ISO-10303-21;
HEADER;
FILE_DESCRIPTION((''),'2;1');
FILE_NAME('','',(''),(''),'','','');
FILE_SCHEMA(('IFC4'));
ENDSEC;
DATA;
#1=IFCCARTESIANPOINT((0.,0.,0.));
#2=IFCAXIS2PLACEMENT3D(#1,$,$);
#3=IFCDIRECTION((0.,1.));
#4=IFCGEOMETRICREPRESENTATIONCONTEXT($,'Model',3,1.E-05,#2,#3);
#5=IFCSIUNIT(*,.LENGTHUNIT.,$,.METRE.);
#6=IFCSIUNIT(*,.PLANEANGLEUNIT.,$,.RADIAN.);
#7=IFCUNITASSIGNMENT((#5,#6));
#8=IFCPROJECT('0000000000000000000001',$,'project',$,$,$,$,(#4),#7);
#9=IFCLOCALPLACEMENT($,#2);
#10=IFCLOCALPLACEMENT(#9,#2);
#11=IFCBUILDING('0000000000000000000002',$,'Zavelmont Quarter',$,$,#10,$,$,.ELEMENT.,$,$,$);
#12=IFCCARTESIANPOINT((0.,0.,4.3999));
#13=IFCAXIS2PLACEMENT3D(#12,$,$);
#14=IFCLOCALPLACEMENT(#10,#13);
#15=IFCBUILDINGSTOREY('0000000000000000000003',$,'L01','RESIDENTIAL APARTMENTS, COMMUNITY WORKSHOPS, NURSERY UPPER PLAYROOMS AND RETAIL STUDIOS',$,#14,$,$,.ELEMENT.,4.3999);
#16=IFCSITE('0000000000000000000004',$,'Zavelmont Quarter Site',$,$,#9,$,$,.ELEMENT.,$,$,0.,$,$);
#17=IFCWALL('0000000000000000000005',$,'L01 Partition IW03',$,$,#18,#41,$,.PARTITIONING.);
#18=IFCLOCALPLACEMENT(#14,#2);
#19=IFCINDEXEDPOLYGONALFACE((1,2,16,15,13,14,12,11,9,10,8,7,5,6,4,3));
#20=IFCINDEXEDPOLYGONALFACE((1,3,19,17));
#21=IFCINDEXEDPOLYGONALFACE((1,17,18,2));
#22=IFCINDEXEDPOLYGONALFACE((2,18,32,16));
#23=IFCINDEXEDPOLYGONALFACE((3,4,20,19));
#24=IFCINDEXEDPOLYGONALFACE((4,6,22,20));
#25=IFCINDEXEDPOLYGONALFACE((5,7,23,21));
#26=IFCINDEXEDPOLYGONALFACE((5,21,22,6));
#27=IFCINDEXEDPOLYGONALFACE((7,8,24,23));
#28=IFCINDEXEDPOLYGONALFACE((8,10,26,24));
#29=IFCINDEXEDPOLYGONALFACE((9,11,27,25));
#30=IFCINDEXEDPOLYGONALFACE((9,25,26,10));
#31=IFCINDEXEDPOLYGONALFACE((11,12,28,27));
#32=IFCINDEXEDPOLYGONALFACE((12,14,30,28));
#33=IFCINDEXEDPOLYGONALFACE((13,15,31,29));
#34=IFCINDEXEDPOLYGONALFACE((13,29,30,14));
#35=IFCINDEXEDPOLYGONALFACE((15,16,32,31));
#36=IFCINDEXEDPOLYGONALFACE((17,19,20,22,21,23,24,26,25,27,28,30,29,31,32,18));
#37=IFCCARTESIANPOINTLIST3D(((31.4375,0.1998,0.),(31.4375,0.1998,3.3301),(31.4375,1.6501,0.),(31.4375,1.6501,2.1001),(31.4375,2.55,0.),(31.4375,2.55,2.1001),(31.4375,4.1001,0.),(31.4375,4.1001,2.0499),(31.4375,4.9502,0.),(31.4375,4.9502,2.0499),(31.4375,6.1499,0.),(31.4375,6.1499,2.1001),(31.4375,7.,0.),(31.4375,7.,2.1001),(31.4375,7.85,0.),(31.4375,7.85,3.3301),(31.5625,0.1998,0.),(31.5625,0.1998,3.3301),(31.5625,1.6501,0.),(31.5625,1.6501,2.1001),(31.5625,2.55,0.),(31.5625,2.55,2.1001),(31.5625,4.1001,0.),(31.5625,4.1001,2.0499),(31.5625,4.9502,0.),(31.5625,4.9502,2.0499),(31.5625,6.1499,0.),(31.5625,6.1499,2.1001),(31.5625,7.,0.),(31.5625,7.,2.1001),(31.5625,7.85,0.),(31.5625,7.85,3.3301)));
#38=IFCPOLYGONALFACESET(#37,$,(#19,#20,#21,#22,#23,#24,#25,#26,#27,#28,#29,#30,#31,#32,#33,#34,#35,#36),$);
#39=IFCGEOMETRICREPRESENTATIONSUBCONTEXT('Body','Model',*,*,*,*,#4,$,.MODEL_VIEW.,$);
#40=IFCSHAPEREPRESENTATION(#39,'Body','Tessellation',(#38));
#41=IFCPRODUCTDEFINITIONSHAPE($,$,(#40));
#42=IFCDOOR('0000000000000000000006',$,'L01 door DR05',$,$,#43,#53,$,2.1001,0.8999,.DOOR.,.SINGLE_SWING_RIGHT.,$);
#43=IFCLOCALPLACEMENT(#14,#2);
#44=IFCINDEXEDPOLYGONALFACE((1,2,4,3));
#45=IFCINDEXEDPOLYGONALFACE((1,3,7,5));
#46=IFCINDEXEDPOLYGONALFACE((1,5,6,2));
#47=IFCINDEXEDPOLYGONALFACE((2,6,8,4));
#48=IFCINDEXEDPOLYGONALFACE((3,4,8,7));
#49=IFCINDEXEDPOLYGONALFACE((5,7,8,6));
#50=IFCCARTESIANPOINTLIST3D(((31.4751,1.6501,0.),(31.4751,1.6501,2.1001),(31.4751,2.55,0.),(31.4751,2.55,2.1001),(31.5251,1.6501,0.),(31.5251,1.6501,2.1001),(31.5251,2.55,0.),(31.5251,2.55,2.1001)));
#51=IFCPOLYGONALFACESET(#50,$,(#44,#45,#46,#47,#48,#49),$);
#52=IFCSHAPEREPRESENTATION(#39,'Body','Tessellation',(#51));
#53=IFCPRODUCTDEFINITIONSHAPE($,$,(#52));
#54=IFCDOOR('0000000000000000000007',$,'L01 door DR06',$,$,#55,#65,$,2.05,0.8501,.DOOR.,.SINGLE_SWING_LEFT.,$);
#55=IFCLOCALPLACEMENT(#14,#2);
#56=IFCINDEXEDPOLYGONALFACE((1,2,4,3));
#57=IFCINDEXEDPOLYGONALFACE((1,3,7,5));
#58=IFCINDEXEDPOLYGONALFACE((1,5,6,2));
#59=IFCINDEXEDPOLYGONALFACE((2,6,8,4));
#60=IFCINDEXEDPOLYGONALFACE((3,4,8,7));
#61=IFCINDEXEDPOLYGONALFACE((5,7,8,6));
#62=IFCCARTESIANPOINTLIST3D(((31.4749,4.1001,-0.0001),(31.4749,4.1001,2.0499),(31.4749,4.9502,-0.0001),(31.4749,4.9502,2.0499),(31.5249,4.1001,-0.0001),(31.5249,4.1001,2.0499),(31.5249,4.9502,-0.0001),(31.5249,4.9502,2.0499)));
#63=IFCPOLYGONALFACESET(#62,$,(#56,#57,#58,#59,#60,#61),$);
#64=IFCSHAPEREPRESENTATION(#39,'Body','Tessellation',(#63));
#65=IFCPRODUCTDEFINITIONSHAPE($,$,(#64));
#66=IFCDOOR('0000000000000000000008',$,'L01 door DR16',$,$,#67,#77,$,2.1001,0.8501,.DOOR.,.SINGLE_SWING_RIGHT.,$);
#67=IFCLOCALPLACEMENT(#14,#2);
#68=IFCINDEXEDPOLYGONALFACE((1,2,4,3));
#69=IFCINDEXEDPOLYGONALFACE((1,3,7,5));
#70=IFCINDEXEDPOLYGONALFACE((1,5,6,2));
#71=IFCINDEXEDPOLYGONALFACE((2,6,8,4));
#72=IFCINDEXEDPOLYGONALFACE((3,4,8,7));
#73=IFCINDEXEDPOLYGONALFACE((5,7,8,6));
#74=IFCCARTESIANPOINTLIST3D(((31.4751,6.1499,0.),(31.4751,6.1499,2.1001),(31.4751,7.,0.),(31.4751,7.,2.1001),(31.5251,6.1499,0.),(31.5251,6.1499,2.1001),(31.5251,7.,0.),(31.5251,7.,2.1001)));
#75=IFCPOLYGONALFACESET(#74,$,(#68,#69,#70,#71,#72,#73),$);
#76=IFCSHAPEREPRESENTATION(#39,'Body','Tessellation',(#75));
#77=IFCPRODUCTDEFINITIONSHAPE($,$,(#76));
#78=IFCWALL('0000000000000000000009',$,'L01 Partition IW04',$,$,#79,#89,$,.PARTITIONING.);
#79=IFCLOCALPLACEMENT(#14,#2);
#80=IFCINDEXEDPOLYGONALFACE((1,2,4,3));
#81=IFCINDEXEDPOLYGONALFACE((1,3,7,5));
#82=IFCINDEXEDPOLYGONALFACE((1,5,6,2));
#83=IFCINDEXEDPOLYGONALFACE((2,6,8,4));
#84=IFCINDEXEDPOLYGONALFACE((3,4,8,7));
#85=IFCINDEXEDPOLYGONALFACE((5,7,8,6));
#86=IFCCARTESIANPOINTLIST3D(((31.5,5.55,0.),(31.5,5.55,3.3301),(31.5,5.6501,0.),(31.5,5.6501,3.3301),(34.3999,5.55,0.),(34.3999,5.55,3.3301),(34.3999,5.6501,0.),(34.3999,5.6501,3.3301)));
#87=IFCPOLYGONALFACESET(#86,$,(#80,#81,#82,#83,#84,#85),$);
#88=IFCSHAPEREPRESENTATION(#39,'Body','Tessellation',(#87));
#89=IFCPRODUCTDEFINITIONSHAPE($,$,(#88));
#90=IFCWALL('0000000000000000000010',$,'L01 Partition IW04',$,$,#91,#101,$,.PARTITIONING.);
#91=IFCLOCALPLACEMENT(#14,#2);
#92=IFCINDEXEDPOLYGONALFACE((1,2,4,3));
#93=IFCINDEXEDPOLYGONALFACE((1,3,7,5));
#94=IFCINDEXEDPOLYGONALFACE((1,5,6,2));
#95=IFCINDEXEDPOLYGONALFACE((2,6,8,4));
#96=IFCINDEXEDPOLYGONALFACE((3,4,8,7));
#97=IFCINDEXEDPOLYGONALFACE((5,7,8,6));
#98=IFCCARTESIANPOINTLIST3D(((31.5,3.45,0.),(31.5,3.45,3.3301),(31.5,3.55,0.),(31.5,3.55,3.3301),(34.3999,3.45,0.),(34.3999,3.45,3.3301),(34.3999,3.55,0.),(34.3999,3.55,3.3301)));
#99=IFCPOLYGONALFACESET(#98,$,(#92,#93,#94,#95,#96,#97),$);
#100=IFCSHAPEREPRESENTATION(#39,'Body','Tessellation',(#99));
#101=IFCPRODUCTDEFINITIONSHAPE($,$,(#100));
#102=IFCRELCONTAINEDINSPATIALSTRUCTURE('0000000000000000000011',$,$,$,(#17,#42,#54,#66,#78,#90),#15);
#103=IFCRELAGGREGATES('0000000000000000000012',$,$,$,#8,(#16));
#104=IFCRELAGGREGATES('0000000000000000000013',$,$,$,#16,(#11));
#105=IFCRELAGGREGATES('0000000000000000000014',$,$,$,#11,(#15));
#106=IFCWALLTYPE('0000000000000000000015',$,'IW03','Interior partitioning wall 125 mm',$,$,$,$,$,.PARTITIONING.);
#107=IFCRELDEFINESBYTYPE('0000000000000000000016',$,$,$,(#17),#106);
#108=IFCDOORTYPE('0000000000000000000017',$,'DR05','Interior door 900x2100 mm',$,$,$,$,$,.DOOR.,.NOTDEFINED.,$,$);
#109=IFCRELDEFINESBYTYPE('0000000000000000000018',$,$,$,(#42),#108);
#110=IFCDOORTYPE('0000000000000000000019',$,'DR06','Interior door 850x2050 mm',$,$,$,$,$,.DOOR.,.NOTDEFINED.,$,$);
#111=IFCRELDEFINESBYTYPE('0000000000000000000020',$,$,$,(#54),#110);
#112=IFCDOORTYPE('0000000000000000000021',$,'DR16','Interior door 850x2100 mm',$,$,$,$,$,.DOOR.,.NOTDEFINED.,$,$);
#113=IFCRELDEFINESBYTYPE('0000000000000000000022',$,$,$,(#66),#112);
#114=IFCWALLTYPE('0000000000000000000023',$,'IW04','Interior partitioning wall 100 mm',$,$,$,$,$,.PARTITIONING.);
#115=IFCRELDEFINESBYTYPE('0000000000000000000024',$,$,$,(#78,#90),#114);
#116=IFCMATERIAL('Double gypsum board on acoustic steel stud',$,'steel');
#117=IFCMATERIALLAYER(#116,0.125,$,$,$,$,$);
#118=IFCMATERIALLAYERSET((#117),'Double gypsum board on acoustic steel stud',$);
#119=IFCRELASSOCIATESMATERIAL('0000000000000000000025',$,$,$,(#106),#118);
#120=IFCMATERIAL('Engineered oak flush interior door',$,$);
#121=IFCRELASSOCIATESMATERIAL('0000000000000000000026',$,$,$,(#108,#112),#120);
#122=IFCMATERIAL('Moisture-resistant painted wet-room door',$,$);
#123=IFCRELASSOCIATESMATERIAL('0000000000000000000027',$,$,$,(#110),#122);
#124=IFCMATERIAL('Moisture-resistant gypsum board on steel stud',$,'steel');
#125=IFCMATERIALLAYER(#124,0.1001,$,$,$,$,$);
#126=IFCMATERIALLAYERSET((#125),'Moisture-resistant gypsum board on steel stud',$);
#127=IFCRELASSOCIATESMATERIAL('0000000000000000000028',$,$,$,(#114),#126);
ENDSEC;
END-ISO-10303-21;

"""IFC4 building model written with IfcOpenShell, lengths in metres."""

from ifc_helpers import new_model, si_unit, direction, frame, frame_2d, origin, origin_with_axes, place, context, subcontext, project, spatial, rectangle, extrude, material, layer, layer_set, type_object, element, fill, save


model = new_model("IFC4")

# Units and contexts
model_context = context("Model", 3, precision=1e-05, world=origin(), true_north=direction((0.0, 1.0)))
body_context = subcontext(model_context, "Body", "Model", "MODEL_VIEW")
ifc_project = project(units=[si_unit("LENGTHUNIT", "METRE"), si_unit("PLANEANGLEUNIT", "RADIAN")], contexts=[model_context])

# Site, building, storey
site_placement = place(None, origin())
site = spatial("IfcSite", under=ifc_project, at=site_placement, Name="Zavelmont Quarter Site", CompositionType="ELEMENT", RefElevation=0.0)
building_placement = place(site_placement, origin())
building = spatial("IfcBuilding", under=site, at=building_placement, Name="Zavelmont Quarter", CompositionType="ELEMENT")
storey_placement = place(building_placement, frame((0.0, 0.0, 4.3999)))
storey = spatial("IfcBuildingStorey", under=building, at=storey_placement, Name="L01", Description="RESIDENTIAL APARTMENTS, COMMUNITY WORKSHOPS, NURSERY UPPER PLAYROOMS AND RETAIL STUDIOS", CompositionType="ELEMENT", Elevation=4.3999)

# Shared definitions
ifc_material_1 = material(Name="Double gypsum board on acoustic steel stud", Category="steel")
ifc_layer_1 = layer(ifc_material_1, 0.125)
ifc_layer_set_1 = layer_set([ifc_layer_1], Name="Double gypsum board on acoustic steel stud")
wall_type_1 = type_object("IfcWallType", Name="IW03", Description="Interior partitioning wall 125 mm", PredefinedType="PARTITIONING", material=ifc_layer_set_1)
ifc_material_2 = material(Name="Engineered oak flush interior door")
door_type_1 = type_object("IfcDoorType", Name="DR05", Description="Interior door 900x2100 mm", OperationType="NOTDEFINED", PredefinedType="DOOR", material=ifc_material_2)

# Wall, openings, doors
wall_1_placement = place(storey_placement, frame((31.5, 7.8501, 0.0), z_axis=(0.0, 0.0, 1.0), x_axis=(0.0, -1.0, 0.0)))
wall_1 = element("IfcWall", 1, at=wall_1_placement, inside=storey, type_object=wall_type_1, Name="L01 Partition IW03", PredefinedType="PARTITIONING", context=body_context, shape_type="SweptSolid", body=[
    extrude(rectangle(XDim=7.6501, YDim=0.125, at=frame_2d((3.8252, 0.0))), origin(), (0.0, 0.0, 1.0), 3.3301),
])
opening_1_placement = place(wall_1_placement, frame((0.8501, 0.0, 0.0)))
opening_1 = element("IfcOpeningElement", 2, at=opening_1_placement, cuts=wall_1, PredefinedType="OPENING", context=body_context, shape_type="SweptSolid", body=[
    extrude(rectangle(XDim=0.8501, YDim=2.1001, at=frame_2d((0.425, 1.05))), frame((0.0, 0.0745, 0.0), z_axis=(0.0, -1.0, 0.0), x_axis=(1.0, 0.0, 0.0)), (0.0, 0.0, 1.0), 0.1489),
])
opening_2_placement = place(wall_1_placement, frame((2.8999, 0.0, 0.0)))
opening_2 = element("IfcOpeningElement", 3, at=opening_2_placement, cuts=wall_1, PredefinedType="OPENING", context=body_context, shape_type="SweptSolid", body=[
    extrude(rectangle(XDim=0.8501, YDim=2.05, at=frame_2d((0.425, 1.0249))), frame((0.0, 0.0745, 0.0), z_axis=(0.0, -1.0, 0.0), x_axis=(1.0, 0.0, 0.0)), (0.0, 0.0, 1.0), 0.1489),
])
opening_3_placement = place(wall_1_placement, frame((5.3, 0.0, 0.0)))
opening_3 = element("IfcOpeningElement", 4, at=opening_3_placement, cuts=wall_1, PredefinedType="OPENING", context=body_context, shape_type="SweptSolid", body=[
    extrude(rectangle(XDim=0.8999, YDim=2.1001, at=frame_2d((0.45, 1.05))), frame((0.0, 0.0745, 0.0), z_axis=(0.0, -1.0, 0.0), x_axis=(1.0, 0.0, 0.0)), (0.0, 0.0, 1.0), 0.1489),
])
door_1_placement = place(opening_3_placement, frame((0.8999, 0.0, 0.0), z_axis=(0.0, 0.0, 1.0), x_axis=(-1.0, 0.0, 0.0)))
door_1 = element("IfcDoor", 5, at=door_1_placement, inside=storey, type_object=door_type_1, Name="L01 door DR05", OperationType="SINGLE_SWING_RIGHT", OverallHeight=2.1001, OverallWidth=0.8999, PredefinedType="DOOR", context=body_context, shape_type="SweptSolid", body=[
    extrude(rectangle(XDim=0.8999, YDim=2.1001, at=frame_2d((0.45, 1.05))), frame((0.0, 0.0249, 0.0), z_axis=(0.0, -1.0, 0.0), x_axis=(1.0, 0.0, 0.0)), (0.0, 0.0, 1.0), 0.05),
])
fill(opening_3, door_1)
ifc_material_3 = material(Name="Moisture-resistant painted wet-room door")
door_type_2 = type_object("IfcDoorType", Name="DR06", Description="Interior door 850x2050 mm", OperationType="NOTDEFINED", PredefinedType="DOOR", material=ifc_material_3)
door_2_placement = place(opening_2_placement, origin_with_axes())
door_2 = element("IfcDoor", 6, at=door_2_placement, inside=storey, type_object=door_type_2, Name="L01 door DR06", OperationType="SINGLE_SWING_LEFT", OverallHeight=2.05, OverallWidth=0.8501, PredefinedType="DOOR", context=body_context, shape_type="SweptSolid", body=[
    extrude(rectangle(XDim=0.8501, YDim=2.05, at=frame_2d((0.425, 1.0249))), frame((0.0, 0.0249, 0.0), z_axis=(0.0, -1.0, 0.0), x_axis=(1.0, 0.0, 0.0)), (0.0, 0.0, 1.0), 0.05),
])
fill(opening_2, door_2)
door_type_3 = type_object("IfcDoorType", Name="DR16", Description="Interior door 850x2100 mm", OperationType="NOTDEFINED", PredefinedType="DOOR", material=ifc_material_2)
door_3_placement = place(opening_1_placement, frame((0.8501, 0.0, 0.0), z_axis=(0.0, 0.0, 1.0), x_axis=(-1.0, 0.0, 0.0)))
door_3 = element("IfcDoor", 7, at=door_3_placement, inside=storey, type_object=door_type_3, Name="L01 door DR16", OperationType="SINGLE_SWING_RIGHT", OverallHeight=2.1001, OverallWidth=0.8501, PredefinedType="DOOR", context=body_context, shape_type="SweptSolid", body=[
    extrude(rectangle(XDim=0.8501, YDim=2.1001, at=frame_2d((0.425, 1.05))), frame((0.0, 0.0249, 0.0), z_axis=(0.0, -1.0, 0.0), x_axis=(1.0, 0.0, 0.0)), (0.0, 0.0, 1.0), 0.05),
])
fill(opening_1, door_3)

# Walls
ifc_material_4 = material(Name="Moisture-resistant gypsum board on steel stud", Category="steel")
ifc_layer_2 = layer(ifc_material_4, 0.1001)
ifc_layer_set_2 = layer_set([ifc_layer_2], Name="Moisture-resistant gypsum board on steel stud")
wall_type_2 = type_object("IfcWallType", Name="IW04", Description="Interior partitioning wall 100 mm", PredefinedType="PARTITIONING", material=ifc_layer_set_2)
for number, where, z_axis, x_axis, name in (
    (8, (31.5, 5.6001, 0.0), (0.0, 0.0, 1.0), (1.0, 0.0, 0.0), "L01 Partition IW04"),
    (9, (31.5, 3.5, 0.0), (0.0, 0.0, 1.0), (1.0, 0.0, 0.0), "L01 Partition IW04"),
):
    element("IfcWall", number, at=place(storey_placement, frame(where, z_axis=z_axis, x_axis=x_axis)), inside=storey, type_object=wall_type_2, Name=name, PredefinedType="PARTITIONING", context=body_context, shape_type="SweptSolid", body=[
        extrude(rectangle(XDim=2.8999, YDim=0.1001, at=frame_2d((1.45, 0.0))), origin(), (0.0, 0.0, 1.0), 3.3301),
    ])

save(model, "model.ifc")
